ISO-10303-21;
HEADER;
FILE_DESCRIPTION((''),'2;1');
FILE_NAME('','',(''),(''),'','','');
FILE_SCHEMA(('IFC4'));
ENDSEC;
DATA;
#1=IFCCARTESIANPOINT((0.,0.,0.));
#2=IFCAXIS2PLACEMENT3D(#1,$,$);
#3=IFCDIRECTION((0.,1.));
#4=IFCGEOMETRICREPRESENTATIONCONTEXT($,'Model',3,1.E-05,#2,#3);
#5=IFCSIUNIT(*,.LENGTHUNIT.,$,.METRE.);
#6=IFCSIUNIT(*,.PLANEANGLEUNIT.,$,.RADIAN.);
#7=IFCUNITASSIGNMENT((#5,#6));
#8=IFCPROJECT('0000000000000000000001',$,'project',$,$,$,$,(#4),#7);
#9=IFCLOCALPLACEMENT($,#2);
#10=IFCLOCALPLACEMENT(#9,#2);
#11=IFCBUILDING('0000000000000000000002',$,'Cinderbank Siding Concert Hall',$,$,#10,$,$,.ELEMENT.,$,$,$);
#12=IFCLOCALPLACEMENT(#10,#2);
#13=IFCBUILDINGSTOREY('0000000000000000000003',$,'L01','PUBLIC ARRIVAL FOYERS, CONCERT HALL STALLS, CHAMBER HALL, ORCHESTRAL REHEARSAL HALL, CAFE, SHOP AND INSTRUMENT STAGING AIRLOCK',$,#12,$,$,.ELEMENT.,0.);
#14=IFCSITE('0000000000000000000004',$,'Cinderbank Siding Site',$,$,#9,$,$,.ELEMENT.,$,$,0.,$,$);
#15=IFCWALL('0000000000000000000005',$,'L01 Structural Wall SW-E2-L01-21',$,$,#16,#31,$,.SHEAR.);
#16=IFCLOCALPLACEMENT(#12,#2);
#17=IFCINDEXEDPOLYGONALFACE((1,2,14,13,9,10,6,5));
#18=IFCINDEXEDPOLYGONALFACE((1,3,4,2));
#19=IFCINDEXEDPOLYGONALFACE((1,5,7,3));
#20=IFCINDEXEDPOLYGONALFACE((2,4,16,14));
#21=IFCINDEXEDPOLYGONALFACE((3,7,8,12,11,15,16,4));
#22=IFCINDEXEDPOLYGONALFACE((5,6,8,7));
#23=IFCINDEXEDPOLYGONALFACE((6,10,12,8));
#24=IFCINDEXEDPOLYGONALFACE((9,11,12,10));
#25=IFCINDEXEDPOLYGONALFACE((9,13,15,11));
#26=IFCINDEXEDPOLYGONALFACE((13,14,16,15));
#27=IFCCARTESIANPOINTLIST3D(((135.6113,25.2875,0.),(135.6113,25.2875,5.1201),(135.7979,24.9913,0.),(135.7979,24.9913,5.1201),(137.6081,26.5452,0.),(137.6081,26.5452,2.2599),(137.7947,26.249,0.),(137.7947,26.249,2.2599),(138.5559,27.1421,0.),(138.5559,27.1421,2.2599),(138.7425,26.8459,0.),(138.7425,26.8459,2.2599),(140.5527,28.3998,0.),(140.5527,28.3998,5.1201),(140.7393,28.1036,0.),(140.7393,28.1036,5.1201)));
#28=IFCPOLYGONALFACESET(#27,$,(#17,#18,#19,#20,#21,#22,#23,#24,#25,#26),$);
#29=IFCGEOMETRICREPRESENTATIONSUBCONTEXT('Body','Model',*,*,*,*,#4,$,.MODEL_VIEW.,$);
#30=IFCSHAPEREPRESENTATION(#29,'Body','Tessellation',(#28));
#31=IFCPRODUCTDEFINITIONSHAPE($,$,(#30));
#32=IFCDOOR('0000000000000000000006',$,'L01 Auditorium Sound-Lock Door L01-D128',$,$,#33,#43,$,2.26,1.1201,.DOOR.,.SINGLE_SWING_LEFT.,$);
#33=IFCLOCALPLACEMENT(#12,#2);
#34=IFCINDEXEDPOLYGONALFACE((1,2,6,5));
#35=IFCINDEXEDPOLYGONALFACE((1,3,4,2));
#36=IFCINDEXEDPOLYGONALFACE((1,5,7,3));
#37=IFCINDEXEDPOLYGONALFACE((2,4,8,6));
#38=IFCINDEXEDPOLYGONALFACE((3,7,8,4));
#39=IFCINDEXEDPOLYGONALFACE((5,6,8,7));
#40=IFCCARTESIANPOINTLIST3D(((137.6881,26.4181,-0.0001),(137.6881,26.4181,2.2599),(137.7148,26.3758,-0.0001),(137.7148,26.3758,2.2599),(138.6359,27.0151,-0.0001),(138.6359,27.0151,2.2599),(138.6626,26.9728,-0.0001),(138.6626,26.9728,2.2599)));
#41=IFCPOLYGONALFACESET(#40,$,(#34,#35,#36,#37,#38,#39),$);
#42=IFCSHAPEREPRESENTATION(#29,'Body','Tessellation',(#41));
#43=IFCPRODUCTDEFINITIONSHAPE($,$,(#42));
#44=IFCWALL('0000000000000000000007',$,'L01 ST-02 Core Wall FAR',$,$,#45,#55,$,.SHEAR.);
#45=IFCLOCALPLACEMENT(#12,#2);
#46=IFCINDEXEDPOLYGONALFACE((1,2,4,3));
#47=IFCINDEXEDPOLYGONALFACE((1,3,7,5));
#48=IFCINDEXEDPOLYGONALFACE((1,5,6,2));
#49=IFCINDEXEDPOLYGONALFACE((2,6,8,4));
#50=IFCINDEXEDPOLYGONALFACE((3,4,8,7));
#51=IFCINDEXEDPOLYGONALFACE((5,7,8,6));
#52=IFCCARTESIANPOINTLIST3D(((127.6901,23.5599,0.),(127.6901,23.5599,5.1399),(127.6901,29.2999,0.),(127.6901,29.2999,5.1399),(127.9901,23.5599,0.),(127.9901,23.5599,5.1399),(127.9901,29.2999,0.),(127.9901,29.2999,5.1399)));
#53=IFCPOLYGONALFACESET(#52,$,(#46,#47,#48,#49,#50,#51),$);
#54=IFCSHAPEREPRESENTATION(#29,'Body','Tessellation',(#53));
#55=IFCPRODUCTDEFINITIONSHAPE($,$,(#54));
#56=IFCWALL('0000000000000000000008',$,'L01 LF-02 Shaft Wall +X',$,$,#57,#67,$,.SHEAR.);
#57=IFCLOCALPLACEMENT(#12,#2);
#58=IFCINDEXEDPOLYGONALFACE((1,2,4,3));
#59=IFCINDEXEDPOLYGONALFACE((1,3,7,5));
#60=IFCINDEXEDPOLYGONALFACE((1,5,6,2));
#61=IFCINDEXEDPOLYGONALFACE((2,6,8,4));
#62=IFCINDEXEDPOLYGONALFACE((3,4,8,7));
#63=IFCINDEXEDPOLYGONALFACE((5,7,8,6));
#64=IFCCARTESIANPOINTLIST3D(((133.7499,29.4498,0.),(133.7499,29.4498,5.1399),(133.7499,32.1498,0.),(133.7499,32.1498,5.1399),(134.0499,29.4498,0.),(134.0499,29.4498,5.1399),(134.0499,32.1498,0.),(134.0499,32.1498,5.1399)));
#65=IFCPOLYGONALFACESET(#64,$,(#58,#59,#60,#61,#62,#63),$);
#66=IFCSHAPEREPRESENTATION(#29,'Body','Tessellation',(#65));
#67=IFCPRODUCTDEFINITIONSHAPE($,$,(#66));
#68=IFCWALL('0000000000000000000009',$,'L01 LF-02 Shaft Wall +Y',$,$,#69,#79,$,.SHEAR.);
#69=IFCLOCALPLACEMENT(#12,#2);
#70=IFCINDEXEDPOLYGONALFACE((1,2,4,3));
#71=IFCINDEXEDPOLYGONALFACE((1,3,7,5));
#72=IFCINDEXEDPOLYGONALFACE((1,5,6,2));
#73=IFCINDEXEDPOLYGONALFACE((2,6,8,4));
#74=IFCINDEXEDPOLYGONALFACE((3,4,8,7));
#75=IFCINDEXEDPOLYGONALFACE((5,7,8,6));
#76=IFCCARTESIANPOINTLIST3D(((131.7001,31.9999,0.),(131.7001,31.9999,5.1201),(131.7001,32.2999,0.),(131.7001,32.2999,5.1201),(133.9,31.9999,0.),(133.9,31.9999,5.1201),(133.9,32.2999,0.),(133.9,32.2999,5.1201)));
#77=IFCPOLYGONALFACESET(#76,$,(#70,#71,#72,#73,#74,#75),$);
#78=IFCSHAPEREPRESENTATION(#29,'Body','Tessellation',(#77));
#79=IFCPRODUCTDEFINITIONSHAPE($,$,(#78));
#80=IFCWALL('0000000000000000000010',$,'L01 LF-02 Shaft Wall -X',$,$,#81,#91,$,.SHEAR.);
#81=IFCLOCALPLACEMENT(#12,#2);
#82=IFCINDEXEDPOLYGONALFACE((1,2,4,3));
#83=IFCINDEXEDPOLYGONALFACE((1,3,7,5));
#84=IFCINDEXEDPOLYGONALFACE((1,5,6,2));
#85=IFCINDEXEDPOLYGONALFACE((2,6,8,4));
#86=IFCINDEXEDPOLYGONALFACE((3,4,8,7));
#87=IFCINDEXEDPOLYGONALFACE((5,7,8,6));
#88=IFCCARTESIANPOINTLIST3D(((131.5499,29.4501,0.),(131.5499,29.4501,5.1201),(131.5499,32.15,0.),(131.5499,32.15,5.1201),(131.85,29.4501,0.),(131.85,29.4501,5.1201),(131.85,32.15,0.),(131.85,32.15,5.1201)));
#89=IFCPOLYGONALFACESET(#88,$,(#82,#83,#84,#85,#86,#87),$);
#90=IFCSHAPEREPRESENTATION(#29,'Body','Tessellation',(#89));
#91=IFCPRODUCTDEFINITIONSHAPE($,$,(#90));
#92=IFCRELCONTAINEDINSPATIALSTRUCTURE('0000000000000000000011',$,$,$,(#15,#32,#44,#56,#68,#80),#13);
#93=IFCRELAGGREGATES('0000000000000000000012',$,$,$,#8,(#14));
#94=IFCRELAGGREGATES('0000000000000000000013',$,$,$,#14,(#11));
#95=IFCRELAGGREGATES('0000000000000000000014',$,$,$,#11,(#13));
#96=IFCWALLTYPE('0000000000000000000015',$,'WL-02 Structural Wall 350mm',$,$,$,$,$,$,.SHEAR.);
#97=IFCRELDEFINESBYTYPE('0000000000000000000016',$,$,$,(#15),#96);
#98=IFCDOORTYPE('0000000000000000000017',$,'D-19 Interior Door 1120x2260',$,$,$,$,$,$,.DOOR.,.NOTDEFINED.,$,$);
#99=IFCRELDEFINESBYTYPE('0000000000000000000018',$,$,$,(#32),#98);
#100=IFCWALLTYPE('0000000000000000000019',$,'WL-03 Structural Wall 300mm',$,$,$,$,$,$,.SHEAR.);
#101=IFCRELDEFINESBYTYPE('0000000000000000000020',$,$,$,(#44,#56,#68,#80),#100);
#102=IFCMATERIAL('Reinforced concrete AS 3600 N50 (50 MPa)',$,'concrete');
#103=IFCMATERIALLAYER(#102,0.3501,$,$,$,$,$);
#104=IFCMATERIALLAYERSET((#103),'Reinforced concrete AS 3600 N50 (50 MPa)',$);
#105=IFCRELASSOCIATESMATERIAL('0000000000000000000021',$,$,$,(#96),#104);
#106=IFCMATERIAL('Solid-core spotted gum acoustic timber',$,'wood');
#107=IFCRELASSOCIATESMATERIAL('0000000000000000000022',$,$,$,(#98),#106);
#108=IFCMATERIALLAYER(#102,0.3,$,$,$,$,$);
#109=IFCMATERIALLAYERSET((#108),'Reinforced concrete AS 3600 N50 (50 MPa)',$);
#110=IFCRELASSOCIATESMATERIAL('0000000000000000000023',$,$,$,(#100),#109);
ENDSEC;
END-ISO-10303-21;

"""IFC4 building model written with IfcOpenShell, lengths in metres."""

from ifc_helpers import new_model, si_unit, direction, frame, frame_2d, origin, place, context, subcontext, project, spatial, rectangle, extrude, material, layer, layer_set, type_object, element, fill, save


model = new_model("IFC4")

# Units and contexts
model_context = context("Model", 3, precision=1e-05, world=origin(), true_north=direction((0.0, 1.0)))
body_context = subcontext(model_context, "Body", "Model", "MODEL_VIEW")
ifc_project = project(units=[si_unit("LENGTHUNIT", "METRE"), si_unit("PLANEANGLEUNIT", "RADIAN")], contexts=[model_context])

# Site, building, storey
site_placement = place(None, origin())
site = spatial("IfcSite", under=ifc_project, at=site_placement, Name="Cinderbank Siding Site", CompositionType="ELEMENT", RefElevation=0.0)
building_placement = place(site_placement, origin())
building = spatial("IfcBuilding", under=site, at=building_placement, Name="Cinderbank Siding Concert Hall", CompositionType="ELEMENT")
storey_placement = place(building_placement, origin())
storey = spatial("IfcBuildingStorey", under=building, at=storey_placement, Name="L01", Description="PUBLIC ARRIVAL FOYERS, CONCERT HALL STALLS, CHAMBER HALL, ORCHESTRAL REHEARSAL HALL, CAFE, SHOP AND INSTRUMENT STAGING AIRLOCK", CompositionType="ELEMENT", Elevation=0.0)

# Shared definitions
ifc_material_1 = material(Name="Reinforced concrete AS 3600 N50 (50 MPa)", Category="concrete")

# Shared definitions
ifc_material_2 = material(Name="Solid-core spotted gum acoustic timber", Category="wood")

# Wall, opening, door
ifc_layer_1 = layer(ifc_material_1, 0.3501)
ifc_layer_set_1 = layer_set([ifc_layer_1], Name="Reinforced concrete AS 3600 N50 (50 MPa)")
wall_type_1 = type_object("IfcWallType", Name="WL-02 Structural Wall 350mm", PredefinedType="SHEAR", material=ifc_layer_set_1)
wall_1_placement = place(storey_placement, frame((135.7046, 25.1394, 0.0), z_axis=(0.0, 0.0, 1.0), x_axis=(0.846152, 0.532942, 0.0)))
wall_1 = element("IfcWall", 1, at=wall_1_placement, inside=storey, type_object=wall_type_1, Name="L01 Structural Wall SW-E2-L01-21", PredefinedType="SHEAR", context=body_context, shape_type="SweptSolid", body=[
    extrude(rectangle(XDim=5.8398, YDim=0.3501, at=frame_2d((2.9199, 0.0))), origin(), (0.0, 0.0, 1.0), 5.1201),
])
opening_1_placement = place(wall_1_placement, frame((2.3599, 0.0, 0.0)))
opening_1 = element("IfcOpeningElement", 2, at=opening_1_placement, cuts=wall_1, PredefinedType="OPENING", context=body_context, shape_type="SweptSolid", body=[
    extrude(rectangle(XDim=1.1201, YDim=2.26, at=frame_2d((0.5601, 1.1299))), frame((0.0, 0.187, 0.0), z_axis=(0.0, -1.0, 0.0), x_axis=(1.0, 0.0, 0.0)), (0.0, 0.0, 1.0), 0.374),
])
door_type_1 = type_object("IfcDoorType", Name="D-19 Interior Door 1120x2260", OperationType="NOTDEFINED", PredefinedType="DOOR", material=ifc_material_2)
door_1_placement = place(opening_1_placement, origin())
door_1 = element("IfcDoor", 3, at=door_1_placement, inside=storey, type_object=door_type_1, Name="L01 Auditorium Sound-Lock Door L01-D128", OperationType="SINGLE_SWING_LEFT", OverallHeight=2.26, OverallWidth=1.1201, PredefinedType="DOOR", context=body_context, shape_type="SweptSolid", body=[
    extrude(rectangle(XDim=1.1201, YDim=2.26, at=frame_2d((0.5601, 1.1299))), frame((0.0, 0.0249, 0.0), z_axis=(0.0, -1.0, 0.0), x_axis=(1.0, 0.0, 0.0)), (0.0, 0.0, 1.0), 0.05),
])
fill(opening_1, door_1)

# Wall
ifc_layer_2 = layer(ifc_material_1, 0.3)
ifc_layer_set_2 = layer_set([ifc_layer_2], Name="Reinforced concrete AS 3600 N50 (50 MPa)")
wall_type_2 = type_object("IfcWallType", Name="WL-03 Structural Wall 300mm", PredefinedType="SHEAR", material=ifc_layer_set_2)
wall_2_placement = place(storey_placement, frame((127.8401, 29.3, 0.0), z_axis=(0.0, 0.0, 1.0), x_axis=(0.0, -1.0, 0.0)))
element("IfcWall", 4, at=wall_2_placement, inside=storey, type_object=wall_type_2, Name="L01 ST-02 Core Wall FAR", PredefinedType="SHEAR", context=body_context, shape_type="SweptSolid", body=[
    extrude(rectangle(XDim=5.74, YDim=0.3, at=frame_2d((2.8701, 0.0))), origin(), (0.0, 0.0, 1.0), 5.1399),
])

# Walls
wall_3_placement = place(storey_placement, frame((133.8999, 32.1499, 0.0), z_axis=(0.0, 0.0, 1.0), x_axis=(0.0, -1.0, 0.0)))
element("IfcWall", 5, at=wall_3_placement, inside=storey, type_object=wall_type_2, Name="L01 LF-02 Shaft Wall +X", PredefinedType="SHEAR", context=body_context, shape_type="SweptSolid", body=[
    extrude(rectangle(XDim=2.7, YDim=0.3, at=frame_2d((1.3501, 0.0))), origin(), (0.0, 0.0, 1.0), 5.1399),
])
wall_4_placement = place(storey_placement, frame((131.7, 32.1499, 0.0), z_axis=(0.0, 0.0, 1.0), x_axis=(1.0, 0.0, 0.0)))
element("IfcWall", 6, at=wall_4_placement, inside=storey, type_object=wall_type_2, Name="L01 LF-02 Shaft Wall +Y", PredefinedType="SHEAR", context=body_context, shape_type="SweptSolid", body=[
    extrude(rectangle(XDim=2.2, YDim=0.3, at=frame_2d((1.1001, 0.0))), origin(), (0.0, 0.0, 1.0), 5.1201),
])
wall_5_placement = place(storey_placement, frame((131.7, 29.45, 0.0), z_axis=(0.0, 0.0, 1.0), x_axis=(0.0, 1.0, 0.0)))
element("IfcWall", 7, at=wall_5_placement, inside=storey, type_object=wall_type_2, Name="L01 LF-02 Shaft Wall -X", PredefinedType="SHEAR", context=body_context, shape_type="SweptSolid", body=[
    extrude(rectangle(XDim=2.7, YDim=0.3, at=frame_2d((1.3501, 0.0))), origin(), (0.0, 0.0, 1.0), 5.1201),
])

save(model, "model.ifc")
